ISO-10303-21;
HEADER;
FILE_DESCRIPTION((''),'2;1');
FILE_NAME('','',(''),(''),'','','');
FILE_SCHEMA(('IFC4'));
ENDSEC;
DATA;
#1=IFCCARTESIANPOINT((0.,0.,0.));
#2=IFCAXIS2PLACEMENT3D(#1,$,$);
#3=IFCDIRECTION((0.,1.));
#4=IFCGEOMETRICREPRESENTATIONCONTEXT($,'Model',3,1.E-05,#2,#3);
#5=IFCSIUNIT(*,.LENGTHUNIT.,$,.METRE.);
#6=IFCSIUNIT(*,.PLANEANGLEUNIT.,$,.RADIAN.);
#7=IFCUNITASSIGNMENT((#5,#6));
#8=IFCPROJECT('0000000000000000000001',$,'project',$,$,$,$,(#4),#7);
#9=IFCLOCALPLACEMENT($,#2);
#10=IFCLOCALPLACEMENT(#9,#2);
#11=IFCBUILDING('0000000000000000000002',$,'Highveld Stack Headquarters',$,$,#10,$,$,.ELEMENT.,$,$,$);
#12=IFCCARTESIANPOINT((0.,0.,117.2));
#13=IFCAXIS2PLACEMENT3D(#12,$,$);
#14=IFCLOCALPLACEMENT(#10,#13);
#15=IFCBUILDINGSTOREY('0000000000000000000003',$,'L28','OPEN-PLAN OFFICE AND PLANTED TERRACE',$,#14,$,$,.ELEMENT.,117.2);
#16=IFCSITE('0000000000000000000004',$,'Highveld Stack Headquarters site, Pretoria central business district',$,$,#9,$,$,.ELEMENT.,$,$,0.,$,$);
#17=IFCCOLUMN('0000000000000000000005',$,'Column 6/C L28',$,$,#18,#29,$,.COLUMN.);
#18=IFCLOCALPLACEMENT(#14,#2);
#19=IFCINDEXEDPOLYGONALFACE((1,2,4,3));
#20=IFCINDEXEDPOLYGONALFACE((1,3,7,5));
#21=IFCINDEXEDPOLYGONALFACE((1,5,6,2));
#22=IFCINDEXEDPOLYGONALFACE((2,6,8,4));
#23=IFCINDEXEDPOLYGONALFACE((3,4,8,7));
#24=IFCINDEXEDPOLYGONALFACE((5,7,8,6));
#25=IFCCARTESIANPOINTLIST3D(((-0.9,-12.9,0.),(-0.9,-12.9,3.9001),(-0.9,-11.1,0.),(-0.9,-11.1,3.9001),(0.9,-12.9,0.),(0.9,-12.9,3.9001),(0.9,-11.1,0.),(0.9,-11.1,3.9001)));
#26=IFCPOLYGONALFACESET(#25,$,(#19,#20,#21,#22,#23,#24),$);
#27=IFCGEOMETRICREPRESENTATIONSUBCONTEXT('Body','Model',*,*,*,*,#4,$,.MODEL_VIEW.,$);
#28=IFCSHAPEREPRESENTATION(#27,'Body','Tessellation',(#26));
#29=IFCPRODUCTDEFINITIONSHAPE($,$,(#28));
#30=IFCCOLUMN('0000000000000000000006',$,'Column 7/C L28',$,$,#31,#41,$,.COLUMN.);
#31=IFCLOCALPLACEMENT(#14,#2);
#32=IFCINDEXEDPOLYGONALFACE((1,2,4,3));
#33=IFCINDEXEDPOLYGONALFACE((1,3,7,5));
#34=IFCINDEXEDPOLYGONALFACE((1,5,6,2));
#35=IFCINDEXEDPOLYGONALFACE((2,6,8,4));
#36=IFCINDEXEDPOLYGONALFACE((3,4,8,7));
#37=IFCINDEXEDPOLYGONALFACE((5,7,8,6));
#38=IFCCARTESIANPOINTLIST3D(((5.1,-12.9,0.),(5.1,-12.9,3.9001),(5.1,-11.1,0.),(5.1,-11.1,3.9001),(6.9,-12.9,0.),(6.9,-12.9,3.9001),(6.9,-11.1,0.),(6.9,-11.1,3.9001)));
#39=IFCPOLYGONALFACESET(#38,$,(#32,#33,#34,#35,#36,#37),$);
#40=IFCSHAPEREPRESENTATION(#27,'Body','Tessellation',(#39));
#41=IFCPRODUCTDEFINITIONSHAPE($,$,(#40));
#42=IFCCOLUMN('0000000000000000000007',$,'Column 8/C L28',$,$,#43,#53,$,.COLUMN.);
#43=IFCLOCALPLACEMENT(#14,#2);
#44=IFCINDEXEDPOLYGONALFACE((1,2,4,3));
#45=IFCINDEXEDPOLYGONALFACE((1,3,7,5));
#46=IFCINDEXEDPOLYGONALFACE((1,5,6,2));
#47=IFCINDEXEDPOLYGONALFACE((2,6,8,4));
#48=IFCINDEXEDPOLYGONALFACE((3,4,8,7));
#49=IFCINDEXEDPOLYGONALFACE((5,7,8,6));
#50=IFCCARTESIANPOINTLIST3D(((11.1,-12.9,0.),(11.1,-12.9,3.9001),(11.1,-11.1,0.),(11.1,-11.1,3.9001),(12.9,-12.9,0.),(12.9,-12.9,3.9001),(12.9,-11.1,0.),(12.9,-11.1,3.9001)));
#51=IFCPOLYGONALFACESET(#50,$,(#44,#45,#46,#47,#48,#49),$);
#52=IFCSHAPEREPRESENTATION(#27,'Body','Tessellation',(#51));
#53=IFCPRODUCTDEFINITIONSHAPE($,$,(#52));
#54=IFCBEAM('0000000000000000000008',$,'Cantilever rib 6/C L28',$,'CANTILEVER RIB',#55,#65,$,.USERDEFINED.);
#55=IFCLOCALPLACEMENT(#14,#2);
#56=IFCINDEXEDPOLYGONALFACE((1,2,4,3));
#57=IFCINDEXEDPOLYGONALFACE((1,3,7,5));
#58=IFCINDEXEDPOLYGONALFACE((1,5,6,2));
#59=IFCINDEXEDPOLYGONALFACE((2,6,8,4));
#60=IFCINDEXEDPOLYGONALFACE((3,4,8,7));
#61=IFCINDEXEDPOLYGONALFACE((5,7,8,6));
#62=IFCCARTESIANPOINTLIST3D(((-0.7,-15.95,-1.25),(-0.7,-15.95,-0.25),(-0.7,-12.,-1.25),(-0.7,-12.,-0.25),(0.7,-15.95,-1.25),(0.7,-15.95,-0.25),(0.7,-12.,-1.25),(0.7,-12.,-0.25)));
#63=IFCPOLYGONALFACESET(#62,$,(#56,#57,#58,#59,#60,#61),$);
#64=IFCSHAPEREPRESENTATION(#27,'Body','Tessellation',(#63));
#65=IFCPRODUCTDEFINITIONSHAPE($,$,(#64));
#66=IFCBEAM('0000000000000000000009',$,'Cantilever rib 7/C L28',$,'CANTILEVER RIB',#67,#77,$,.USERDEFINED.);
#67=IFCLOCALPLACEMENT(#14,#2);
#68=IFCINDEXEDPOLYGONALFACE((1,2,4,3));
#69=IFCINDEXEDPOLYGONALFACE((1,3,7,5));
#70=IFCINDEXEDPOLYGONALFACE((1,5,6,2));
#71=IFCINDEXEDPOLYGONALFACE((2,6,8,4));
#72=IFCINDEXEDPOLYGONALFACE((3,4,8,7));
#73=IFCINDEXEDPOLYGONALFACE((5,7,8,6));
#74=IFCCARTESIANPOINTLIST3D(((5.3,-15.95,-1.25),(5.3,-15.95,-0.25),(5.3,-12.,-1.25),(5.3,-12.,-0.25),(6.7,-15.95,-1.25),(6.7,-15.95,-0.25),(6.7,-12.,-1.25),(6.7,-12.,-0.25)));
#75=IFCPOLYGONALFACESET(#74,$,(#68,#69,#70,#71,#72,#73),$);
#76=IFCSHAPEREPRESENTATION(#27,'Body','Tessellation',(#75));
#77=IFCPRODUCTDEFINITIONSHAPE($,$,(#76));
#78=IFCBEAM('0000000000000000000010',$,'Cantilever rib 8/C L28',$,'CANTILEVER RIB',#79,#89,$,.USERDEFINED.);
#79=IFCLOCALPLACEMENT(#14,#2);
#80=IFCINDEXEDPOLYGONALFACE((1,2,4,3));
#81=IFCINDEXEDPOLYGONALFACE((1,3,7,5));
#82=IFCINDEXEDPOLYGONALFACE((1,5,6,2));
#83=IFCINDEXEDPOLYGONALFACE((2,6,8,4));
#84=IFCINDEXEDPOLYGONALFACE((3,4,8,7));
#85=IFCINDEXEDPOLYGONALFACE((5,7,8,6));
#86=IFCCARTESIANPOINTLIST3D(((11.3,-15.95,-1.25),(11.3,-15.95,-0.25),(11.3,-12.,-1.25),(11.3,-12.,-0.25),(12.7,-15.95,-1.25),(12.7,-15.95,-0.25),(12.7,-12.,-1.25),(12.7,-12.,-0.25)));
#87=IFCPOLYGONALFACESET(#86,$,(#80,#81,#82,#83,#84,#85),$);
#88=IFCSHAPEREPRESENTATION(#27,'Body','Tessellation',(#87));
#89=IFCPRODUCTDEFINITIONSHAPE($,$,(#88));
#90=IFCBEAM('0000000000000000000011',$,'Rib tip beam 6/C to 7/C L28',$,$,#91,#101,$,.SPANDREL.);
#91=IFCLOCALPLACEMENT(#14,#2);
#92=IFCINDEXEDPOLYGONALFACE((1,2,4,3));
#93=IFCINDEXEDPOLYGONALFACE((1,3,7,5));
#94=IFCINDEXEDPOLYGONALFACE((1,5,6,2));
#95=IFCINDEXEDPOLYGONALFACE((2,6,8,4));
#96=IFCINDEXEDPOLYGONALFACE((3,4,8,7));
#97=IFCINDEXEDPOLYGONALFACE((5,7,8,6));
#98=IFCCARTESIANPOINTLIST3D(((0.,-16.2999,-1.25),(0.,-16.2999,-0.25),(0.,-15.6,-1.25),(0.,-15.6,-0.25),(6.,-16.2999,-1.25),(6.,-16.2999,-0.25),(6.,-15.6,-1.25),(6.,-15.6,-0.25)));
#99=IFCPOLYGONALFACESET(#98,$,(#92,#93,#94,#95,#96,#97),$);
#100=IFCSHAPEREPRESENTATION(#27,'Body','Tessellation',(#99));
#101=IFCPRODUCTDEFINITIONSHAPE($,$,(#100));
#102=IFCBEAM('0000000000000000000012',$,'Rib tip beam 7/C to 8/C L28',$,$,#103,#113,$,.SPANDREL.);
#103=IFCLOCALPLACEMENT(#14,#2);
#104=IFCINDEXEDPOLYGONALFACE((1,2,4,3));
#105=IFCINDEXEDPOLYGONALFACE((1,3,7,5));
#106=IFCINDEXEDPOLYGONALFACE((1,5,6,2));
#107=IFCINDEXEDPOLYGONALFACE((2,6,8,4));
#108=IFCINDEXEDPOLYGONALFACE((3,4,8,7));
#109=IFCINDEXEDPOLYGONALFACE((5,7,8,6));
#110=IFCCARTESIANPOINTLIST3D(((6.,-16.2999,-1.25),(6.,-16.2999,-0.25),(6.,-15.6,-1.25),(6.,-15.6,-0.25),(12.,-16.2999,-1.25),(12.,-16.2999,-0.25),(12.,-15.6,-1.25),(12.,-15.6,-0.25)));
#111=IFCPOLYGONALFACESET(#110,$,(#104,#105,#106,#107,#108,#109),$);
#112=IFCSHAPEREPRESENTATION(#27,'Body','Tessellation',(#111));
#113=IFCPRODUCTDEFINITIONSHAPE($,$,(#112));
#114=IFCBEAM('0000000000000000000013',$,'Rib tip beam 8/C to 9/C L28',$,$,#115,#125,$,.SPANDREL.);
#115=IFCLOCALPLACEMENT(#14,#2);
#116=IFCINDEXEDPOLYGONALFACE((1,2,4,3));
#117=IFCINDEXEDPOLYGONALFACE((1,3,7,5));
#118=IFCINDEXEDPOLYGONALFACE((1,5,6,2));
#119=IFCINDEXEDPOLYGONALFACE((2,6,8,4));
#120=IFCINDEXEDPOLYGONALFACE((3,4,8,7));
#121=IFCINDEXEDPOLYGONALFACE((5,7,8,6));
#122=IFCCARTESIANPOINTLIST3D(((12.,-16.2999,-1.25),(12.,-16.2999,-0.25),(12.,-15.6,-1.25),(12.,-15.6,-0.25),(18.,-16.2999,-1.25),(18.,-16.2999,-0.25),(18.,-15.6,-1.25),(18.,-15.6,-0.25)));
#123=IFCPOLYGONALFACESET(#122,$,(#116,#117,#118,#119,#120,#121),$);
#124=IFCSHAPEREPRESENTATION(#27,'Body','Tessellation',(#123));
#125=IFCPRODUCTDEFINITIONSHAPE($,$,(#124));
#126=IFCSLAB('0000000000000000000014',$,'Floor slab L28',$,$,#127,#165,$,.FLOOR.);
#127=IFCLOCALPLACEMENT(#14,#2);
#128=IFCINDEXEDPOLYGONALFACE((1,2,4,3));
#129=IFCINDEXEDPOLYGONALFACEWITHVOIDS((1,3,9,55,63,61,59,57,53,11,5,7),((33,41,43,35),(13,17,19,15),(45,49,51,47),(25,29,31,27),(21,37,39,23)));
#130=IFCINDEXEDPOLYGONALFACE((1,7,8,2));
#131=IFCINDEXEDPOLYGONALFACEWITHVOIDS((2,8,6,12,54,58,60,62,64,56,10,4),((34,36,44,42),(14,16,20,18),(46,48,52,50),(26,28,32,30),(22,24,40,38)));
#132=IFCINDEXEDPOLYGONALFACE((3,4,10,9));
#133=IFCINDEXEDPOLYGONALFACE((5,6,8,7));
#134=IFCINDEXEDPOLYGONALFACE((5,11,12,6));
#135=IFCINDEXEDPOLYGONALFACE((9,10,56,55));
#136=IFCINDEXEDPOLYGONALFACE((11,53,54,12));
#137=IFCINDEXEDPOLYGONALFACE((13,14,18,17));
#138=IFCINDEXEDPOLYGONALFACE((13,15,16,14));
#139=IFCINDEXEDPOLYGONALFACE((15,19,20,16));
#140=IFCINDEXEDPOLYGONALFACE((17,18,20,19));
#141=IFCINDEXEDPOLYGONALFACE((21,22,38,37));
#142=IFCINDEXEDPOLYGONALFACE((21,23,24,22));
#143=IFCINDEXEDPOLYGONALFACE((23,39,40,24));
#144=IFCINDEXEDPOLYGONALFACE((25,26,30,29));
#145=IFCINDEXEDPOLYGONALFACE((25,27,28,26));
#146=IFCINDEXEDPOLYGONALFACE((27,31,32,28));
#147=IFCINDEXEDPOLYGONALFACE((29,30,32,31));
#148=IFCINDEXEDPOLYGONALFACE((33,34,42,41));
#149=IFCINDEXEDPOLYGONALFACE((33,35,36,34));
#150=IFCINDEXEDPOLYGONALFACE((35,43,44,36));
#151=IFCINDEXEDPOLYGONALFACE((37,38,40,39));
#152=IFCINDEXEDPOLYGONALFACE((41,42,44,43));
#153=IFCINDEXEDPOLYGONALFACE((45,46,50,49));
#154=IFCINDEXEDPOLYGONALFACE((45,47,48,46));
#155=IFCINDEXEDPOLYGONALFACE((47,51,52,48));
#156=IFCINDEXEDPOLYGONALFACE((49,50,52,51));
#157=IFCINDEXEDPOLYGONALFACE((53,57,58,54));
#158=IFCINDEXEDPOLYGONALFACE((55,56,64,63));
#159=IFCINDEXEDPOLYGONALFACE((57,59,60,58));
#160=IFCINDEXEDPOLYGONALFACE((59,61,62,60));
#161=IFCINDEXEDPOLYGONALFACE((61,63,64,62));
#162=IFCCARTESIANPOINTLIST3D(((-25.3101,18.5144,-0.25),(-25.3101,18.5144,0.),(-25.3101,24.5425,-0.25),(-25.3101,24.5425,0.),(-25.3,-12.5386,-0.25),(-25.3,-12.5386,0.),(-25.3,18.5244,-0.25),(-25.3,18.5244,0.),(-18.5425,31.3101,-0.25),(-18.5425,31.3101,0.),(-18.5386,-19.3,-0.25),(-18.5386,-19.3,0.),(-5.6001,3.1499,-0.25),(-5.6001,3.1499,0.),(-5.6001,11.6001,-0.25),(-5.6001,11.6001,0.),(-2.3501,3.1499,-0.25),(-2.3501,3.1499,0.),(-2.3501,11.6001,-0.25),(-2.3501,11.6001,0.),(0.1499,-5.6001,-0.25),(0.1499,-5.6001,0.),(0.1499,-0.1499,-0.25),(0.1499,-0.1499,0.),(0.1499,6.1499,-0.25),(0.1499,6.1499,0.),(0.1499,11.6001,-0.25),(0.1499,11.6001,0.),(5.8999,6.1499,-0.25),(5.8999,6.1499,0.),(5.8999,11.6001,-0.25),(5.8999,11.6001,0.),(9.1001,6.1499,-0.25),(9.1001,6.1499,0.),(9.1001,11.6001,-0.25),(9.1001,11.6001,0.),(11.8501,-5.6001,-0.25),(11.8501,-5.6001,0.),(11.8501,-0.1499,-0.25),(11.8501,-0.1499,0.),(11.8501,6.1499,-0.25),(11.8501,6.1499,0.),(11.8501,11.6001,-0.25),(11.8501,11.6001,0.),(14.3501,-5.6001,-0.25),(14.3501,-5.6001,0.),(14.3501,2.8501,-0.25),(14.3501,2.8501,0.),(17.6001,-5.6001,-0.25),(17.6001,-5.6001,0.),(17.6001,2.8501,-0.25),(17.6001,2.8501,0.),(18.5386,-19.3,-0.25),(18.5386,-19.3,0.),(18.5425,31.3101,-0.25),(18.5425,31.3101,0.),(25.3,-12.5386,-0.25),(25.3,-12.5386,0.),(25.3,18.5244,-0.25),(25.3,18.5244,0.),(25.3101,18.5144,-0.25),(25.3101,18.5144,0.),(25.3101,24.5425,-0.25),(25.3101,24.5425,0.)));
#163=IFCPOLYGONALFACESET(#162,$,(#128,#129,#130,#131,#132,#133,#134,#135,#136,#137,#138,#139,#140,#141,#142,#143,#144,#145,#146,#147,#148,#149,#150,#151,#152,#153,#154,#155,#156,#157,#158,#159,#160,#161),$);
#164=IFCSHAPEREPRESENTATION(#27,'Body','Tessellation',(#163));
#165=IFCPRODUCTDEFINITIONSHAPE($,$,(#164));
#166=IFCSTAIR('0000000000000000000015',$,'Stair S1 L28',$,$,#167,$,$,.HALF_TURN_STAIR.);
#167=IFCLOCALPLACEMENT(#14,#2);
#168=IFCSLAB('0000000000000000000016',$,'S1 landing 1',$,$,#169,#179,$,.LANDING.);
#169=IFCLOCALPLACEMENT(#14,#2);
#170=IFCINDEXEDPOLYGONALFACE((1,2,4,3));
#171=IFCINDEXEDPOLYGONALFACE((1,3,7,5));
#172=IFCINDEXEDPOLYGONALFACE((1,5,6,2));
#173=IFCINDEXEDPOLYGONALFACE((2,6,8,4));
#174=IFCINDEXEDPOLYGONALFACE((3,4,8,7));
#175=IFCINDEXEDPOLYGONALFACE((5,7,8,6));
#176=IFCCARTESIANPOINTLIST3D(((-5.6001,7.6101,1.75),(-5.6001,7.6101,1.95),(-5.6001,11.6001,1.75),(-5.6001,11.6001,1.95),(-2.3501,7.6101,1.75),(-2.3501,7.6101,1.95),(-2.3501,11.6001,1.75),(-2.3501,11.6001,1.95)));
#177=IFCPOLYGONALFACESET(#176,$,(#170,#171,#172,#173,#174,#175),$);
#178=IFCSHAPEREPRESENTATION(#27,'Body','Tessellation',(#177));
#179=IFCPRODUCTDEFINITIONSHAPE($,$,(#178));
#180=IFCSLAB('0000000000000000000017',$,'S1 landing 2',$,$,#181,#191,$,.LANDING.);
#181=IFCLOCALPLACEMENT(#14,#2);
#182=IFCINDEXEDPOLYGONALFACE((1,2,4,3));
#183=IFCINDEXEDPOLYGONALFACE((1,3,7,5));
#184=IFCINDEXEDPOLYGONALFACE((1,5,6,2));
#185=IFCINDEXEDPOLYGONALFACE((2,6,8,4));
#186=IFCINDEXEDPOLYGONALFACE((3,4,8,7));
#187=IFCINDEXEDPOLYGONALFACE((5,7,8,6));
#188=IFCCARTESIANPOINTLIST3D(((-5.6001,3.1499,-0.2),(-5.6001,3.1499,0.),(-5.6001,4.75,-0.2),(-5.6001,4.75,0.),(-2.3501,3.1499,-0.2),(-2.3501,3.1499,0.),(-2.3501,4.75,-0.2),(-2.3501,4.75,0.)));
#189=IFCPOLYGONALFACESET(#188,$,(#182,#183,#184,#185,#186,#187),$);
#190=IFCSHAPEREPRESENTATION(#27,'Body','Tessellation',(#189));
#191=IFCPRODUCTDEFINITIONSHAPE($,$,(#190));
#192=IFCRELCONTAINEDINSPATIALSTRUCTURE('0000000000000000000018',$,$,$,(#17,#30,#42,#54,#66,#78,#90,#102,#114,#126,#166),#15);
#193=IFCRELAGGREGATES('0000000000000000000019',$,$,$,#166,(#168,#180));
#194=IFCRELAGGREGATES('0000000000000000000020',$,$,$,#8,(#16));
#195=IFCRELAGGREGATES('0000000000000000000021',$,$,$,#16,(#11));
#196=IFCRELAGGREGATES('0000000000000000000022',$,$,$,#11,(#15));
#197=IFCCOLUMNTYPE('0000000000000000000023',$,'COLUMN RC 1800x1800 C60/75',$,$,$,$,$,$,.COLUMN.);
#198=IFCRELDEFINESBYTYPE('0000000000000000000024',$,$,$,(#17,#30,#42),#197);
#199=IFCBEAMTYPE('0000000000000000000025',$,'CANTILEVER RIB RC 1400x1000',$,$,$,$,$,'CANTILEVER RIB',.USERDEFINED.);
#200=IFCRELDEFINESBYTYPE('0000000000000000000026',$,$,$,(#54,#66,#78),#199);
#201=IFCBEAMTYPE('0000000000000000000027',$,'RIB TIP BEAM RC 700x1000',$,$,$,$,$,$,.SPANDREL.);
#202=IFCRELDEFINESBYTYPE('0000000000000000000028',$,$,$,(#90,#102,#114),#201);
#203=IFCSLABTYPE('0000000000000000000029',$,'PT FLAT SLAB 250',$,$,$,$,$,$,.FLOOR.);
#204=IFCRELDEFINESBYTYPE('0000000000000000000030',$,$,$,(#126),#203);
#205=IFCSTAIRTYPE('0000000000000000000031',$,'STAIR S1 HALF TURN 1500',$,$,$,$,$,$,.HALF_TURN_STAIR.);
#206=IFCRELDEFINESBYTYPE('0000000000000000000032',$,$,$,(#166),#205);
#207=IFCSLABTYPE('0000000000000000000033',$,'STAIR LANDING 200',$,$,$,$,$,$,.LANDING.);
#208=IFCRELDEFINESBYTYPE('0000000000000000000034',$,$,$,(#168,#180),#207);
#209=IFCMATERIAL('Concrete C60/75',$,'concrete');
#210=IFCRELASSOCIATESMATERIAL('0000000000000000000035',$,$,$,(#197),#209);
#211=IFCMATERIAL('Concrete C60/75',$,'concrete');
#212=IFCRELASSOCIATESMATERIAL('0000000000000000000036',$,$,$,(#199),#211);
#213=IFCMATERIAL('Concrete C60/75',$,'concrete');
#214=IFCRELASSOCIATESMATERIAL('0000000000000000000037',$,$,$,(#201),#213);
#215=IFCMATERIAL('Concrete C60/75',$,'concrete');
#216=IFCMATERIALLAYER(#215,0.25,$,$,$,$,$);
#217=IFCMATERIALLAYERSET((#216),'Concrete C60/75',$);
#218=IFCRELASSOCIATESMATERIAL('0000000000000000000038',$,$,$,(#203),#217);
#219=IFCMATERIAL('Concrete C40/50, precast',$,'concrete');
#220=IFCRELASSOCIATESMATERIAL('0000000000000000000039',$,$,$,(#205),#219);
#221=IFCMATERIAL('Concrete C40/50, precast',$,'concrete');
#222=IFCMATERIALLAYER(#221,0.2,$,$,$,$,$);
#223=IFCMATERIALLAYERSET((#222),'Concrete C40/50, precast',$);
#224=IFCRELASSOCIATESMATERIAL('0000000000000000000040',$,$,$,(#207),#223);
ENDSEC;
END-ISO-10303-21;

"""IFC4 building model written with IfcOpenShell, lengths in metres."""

from ifc_helpers import new_model, si_unit, direction, frame, origin, origin_2d, place, context, subcontext, project, spatial, polyline, rectangle, outline, extrude, material, layer, layer_set, material_profile, profile_set, type_object, element, aggregate, save


model = new_model("IFC4")

# Units and contexts
model_context = context("Model", 3, precision=1e-05, world=origin(), true_north=direction((0.0, 1.0)))
body_context = subcontext(model_context, "Body", "Model", "MODEL_VIEW")
ifc_project = project(units=[si_unit("LENGTHUNIT", "METRE"), si_unit("PLANEANGLEUNIT", "RADIAN")], contexts=[model_context])

# Site, building, storey
site_placement = place(None, origin())
site = spatial("IfcSite", under=ifc_project, at=site_placement, Name="Highveld Stack Headquarters site, Pretoria central business district", CompositionType="ELEMENT", RefElevation=0.0)
building_placement = place(site_placement, origin())
building = spatial("IfcBuilding", under=site, at=building_placement, Name="Highveld Stack Headquarters", CompositionType="ELEMENT")
storey_placement = place(building_placement, frame((0.0, 0.0, 117.2)))
storey = spatial("IfcBuildingStorey", under=building, at=storey_placement, Name="L28", Description="OPEN-PLAN OFFICE AND PLANTED TERRACE", CompositionType="ELEMENT", Elevation=117.2)

# Columns
ifc_material_1 = material(Name="Concrete C60/75", Category="concrete")
ifc_material_profile_1 = material_profile(ifc_material_1, rectangle(XDim=1.8, YDim=1.8, at=origin_2d()), Name="RC 1800x1800")
ifc_profile_set_1 = profile_set([ifc_material_profile_1], Name="Concrete C60/75")
column_type = type_object("IfcColumnType", Name="COLUMN RC 1800x1800 C60/75", PredefinedType="COLUMN", material=ifc_profile_set_1)
for number, where, z_axis, x_axis, name in (
    (1, (0.0, -12.0, 0.0), (0.0, 0.0, 1.0), (1.0, 0.0, 0.0), "Column 6/C L28"),
    (2, (6.0, -12.0, 0.0), (0.0, 0.0, 1.0), (1.0, 0.0, 0.0), "Column 7/C L28"),
    (3, (12.0, -12.0, 0.0), (0.0, 0.0, 1.0), (1.0, 0.0, 0.0), "Column 8/C L28"),
):
    element("IfcColumn", number, at=place(storey_placement, frame(where, z_axis=z_axis, x_axis=x_axis)), inside=storey, type_object=column_type, Name=name, PredefinedType="COLUMN", context=body_context, shape_type="SweptSolid", body=[
        extrude(rectangle(XDim=1.8, YDim=1.8, at=origin_2d()), origin(), (0.0, 0.0, 1.0), 3.9001),
    ])

# Beams
ifc_material_2 = material(Name="Concrete C60/75", Category="concrete")
ifc_material_profile_2 = material_profile(ifc_material_2, rectangle(XDim=1.3999, YDim=1.0, at=origin_2d()), Name="RC 1400x1000")
ifc_profile_set_2 = profile_set([ifc_material_profile_2], Name="Concrete C60/75")
beam_type_1 = type_object("IfcBeamType", Name="CANTILEVER RIB RC 1400x1000", ElementType="CANTILEVER RIB", PredefinedType="USERDEFINED", material=ifc_profile_set_2)
for number, where, z_axis, x_axis, name in (
    (4, (0.0, -12.0, -0.75), (0.0, -1.0, 0.0), (1.0, 0.0, 0.0), "Cantilever rib 6/C L28"),
    (5, (6.0, -12.0, -0.75), (0.0, -1.0, 0.0), (1.0, 0.0, 0.0), "Cantilever rib 7/C L28"),
    (6, (12.0, -12.0, -0.75), (0.0, -1.0, 0.0), (1.0, 0.0, 0.0), "Cantilever rib 8/C L28"),
):
    element("IfcBeam", number, at=place(storey_placement, frame(where, z_axis=z_axis, x_axis=x_axis)), inside=storey, type_object=beam_type_1, Name=name, ObjectType="CANTILEVER RIB", PredefinedType="USERDEFINED", context=body_context, shape_type="SweptSolid", body=[
        extrude(rectangle(XDim=1.3999, YDim=1.0, at=origin_2d()), origin(), (0.0, 0.0, 1.0), 3.95),
    ])
ifc_material_3 = material(Name="Concrete C60/75", Category="concrete")
ifc_material_profile_3 = material_profile(ifc_material_3, rectangle(XDim=0.7, YDim=1.0, at=origin_2d()), Name="RC 700x1000")
ifc_profile_set_3 = profile_set([ifc_material_profile_3], Name="Concrete C60/75")
beam_type_2 = type_object("IfcBeamType", Name="RIB TIP BEAM RC 700x1000", PredefinedType="SPANDREL", material=ifc_profile_set_3)
for number, where, z_axis, x_axis, name in (
    (7, (0.0, -15.95, -0.75), (1.0, 0.0, 0.0), (0.0, 1.0, 0.0), "Rib tip beam 6/C to 7/C L28"),
    (8, (6.0, -15.95, -0.75), (1.0, 0.0, 0.0), (0.0, 1.0, 0.0), "Rib tip beam 7/C to 8/C L28"),
    (9, (12.0, -15.95, -0.75), (1.0, 0.0, 0.0), (0.0, 1.0, 0.0), "Rib tip beam 8/C to 9/C L28"),
):
    element("IfcBeam", number, at=place(storey_placement, frame(where, z_axis=z_axis, x_axis=x_axis)), inside=storey, type_object=beam_type_2, Name=name, PredefinedType="SPANDREL", context=body_context, shape_type="SweptSolid", body=[
        extrude(rectangle(XDim=0.7, YDim=1.0, at=origin_2d()), origin(), (0.0, 0.0, 1.0), 6.0),
    ])

# Slab
ifc_material_4 = material(Name="Concrete C60/75", Category="concrete")
ifc_layer_1 = layer(ifc_material_4, 0.25)
ifc_layer_set_1 = layer_set([ifc_layer_1], Name="Concrete C60/75")
slab_type_1 = type_object("IfcSlabType", Name="PT FLAT SLAB 250", PredefinedType="FLOOR", material=ifc_layer_set_1)
slab_1_placement = place(storey_placement, frame((0.0, 0.0, -0.25)))
element("IfcSlab", 10, at=slab_1_placement, inside=storey, type_object=slab_type_1, Name="Floor slab L28", PredefinedType="FLOOR", context=body_context, shape_type="SweptSolid", body=[
    extrude(outline(polyline([(25.3, -12.5386), (18.5386, -19.3), (-18.5386, -19.3), (-25.3, -12.5386), (-25.3, 18.5244), (-25.3101, 18.5144), (-25.3101, 24.5425), (-18.5425, 31.3101), (18.5425, 31.3101), (25.3101, 24.5425), (25.3101, 18.5144), (25.3, 18.5244), (25.3, -12.5386)]), holes=[polyline([(0.1499, 6.1499), (5.8999, 6.1499), (5.8999, 11.6001), (0.1499, 11.6001), (0.1499, 6.1499)]), polyline([(9.1001, 6.1499), (11.8501, 6.1499), (11.8501, 11.6001), (9.1001, 11.6001), (9.1001, 6.1499)]), polyline([(0.1499, -5.6001), (11.8501, -5.6001), (11.8501, -0.1499), (0.1499, -0.1499), (0.1499, -5.6001)]), polyline([(-5.6001, 3.1499), (-2.3501, 3.1499), (-2.3501, 11.6001), (-5.6001, 11.6001), (-5.6001, 3.1499)]), polyline([(14.3501, -5.6001), (17.6001, -5.6001), (17.6001, 2.8501), (14.3501, 2.8501), (14.3501, -5.6001)])]), origin(), (0.0, 0.0, 1.0), 0.25),
])

# Stair, slabs
ifc_material_5 = material(Name="Concrete C40/50, precast", Category="concrete")
stair_type_1 = type_object("IfcStairType", Name="STAIR S1 HALF TURN 1500", PredefinedType="HALF_TURN_STAIR", material=ifc_material_5)
stair_1_placement = place(storey_placement, origin())
stair_1 = element("IfcStair", 11, at=stair_1_placement, inside=storey, type_object=stair_type_1, Name="Stair S1 L28", PredefinedType="HALF_TURN_STAIR")
ifc_material_6 = material(Name="Concrete C40/50, precast", Category="concrete")
ifc_layer_2 = layer(ifc_material_6, 0.2)
ifc_layer_set_2 = layer_set([ifc_layer_2], Name="Concrete C40/50, precast")
slab_type_2 = type_object("IfcSlabType", Name="STAIR LANDING 200", PredefinedType="LANDING", material=ifc_layer_set_2)
slab_2_placement = place(storey_placement, frame((0.0, 0.0, 1.75)))
slab_2 = element("IfcSlab", 12, at=slab_2_placement, type_object=slab_type_2, Name="S1 landing 1", PredefinedType="LANDING", context=body_context, shape_type="SweptSolid", body=[
    extrude(outline(polyline([(-5.6001, 7.6101), (-2.3501, 7.6101), (-2.3501, 11.6001), (-5.6001, 11.6001), (-5.6001, 7.6101)])), origin(), (0.0, 0.0, 1.0), 0.2),
])
slab_3_placement = place(storey_placement, frame((0.0, 0.0, -0.2)))
slab_3 = element("IfcSlab", 13, at=slab_3_placement, type_object=slab_type_2, Name="S1 landing 2", PredefinedType="LANDING", context=body_context, shape_type="SweptSolid", body=[
    extrude(outline(polyline([(-5.6001, 3.1499), (-2.3501, 3.1499), (-2.3501, 4.75), (-5.6001, 4.75), (-5.6001, 3.1499)])), origin(), (0.0, 0.0, 1.0), 0.2),
])
aggregate(stair_1, [slab_2, slab_3])

save(model, "model.ifc")
